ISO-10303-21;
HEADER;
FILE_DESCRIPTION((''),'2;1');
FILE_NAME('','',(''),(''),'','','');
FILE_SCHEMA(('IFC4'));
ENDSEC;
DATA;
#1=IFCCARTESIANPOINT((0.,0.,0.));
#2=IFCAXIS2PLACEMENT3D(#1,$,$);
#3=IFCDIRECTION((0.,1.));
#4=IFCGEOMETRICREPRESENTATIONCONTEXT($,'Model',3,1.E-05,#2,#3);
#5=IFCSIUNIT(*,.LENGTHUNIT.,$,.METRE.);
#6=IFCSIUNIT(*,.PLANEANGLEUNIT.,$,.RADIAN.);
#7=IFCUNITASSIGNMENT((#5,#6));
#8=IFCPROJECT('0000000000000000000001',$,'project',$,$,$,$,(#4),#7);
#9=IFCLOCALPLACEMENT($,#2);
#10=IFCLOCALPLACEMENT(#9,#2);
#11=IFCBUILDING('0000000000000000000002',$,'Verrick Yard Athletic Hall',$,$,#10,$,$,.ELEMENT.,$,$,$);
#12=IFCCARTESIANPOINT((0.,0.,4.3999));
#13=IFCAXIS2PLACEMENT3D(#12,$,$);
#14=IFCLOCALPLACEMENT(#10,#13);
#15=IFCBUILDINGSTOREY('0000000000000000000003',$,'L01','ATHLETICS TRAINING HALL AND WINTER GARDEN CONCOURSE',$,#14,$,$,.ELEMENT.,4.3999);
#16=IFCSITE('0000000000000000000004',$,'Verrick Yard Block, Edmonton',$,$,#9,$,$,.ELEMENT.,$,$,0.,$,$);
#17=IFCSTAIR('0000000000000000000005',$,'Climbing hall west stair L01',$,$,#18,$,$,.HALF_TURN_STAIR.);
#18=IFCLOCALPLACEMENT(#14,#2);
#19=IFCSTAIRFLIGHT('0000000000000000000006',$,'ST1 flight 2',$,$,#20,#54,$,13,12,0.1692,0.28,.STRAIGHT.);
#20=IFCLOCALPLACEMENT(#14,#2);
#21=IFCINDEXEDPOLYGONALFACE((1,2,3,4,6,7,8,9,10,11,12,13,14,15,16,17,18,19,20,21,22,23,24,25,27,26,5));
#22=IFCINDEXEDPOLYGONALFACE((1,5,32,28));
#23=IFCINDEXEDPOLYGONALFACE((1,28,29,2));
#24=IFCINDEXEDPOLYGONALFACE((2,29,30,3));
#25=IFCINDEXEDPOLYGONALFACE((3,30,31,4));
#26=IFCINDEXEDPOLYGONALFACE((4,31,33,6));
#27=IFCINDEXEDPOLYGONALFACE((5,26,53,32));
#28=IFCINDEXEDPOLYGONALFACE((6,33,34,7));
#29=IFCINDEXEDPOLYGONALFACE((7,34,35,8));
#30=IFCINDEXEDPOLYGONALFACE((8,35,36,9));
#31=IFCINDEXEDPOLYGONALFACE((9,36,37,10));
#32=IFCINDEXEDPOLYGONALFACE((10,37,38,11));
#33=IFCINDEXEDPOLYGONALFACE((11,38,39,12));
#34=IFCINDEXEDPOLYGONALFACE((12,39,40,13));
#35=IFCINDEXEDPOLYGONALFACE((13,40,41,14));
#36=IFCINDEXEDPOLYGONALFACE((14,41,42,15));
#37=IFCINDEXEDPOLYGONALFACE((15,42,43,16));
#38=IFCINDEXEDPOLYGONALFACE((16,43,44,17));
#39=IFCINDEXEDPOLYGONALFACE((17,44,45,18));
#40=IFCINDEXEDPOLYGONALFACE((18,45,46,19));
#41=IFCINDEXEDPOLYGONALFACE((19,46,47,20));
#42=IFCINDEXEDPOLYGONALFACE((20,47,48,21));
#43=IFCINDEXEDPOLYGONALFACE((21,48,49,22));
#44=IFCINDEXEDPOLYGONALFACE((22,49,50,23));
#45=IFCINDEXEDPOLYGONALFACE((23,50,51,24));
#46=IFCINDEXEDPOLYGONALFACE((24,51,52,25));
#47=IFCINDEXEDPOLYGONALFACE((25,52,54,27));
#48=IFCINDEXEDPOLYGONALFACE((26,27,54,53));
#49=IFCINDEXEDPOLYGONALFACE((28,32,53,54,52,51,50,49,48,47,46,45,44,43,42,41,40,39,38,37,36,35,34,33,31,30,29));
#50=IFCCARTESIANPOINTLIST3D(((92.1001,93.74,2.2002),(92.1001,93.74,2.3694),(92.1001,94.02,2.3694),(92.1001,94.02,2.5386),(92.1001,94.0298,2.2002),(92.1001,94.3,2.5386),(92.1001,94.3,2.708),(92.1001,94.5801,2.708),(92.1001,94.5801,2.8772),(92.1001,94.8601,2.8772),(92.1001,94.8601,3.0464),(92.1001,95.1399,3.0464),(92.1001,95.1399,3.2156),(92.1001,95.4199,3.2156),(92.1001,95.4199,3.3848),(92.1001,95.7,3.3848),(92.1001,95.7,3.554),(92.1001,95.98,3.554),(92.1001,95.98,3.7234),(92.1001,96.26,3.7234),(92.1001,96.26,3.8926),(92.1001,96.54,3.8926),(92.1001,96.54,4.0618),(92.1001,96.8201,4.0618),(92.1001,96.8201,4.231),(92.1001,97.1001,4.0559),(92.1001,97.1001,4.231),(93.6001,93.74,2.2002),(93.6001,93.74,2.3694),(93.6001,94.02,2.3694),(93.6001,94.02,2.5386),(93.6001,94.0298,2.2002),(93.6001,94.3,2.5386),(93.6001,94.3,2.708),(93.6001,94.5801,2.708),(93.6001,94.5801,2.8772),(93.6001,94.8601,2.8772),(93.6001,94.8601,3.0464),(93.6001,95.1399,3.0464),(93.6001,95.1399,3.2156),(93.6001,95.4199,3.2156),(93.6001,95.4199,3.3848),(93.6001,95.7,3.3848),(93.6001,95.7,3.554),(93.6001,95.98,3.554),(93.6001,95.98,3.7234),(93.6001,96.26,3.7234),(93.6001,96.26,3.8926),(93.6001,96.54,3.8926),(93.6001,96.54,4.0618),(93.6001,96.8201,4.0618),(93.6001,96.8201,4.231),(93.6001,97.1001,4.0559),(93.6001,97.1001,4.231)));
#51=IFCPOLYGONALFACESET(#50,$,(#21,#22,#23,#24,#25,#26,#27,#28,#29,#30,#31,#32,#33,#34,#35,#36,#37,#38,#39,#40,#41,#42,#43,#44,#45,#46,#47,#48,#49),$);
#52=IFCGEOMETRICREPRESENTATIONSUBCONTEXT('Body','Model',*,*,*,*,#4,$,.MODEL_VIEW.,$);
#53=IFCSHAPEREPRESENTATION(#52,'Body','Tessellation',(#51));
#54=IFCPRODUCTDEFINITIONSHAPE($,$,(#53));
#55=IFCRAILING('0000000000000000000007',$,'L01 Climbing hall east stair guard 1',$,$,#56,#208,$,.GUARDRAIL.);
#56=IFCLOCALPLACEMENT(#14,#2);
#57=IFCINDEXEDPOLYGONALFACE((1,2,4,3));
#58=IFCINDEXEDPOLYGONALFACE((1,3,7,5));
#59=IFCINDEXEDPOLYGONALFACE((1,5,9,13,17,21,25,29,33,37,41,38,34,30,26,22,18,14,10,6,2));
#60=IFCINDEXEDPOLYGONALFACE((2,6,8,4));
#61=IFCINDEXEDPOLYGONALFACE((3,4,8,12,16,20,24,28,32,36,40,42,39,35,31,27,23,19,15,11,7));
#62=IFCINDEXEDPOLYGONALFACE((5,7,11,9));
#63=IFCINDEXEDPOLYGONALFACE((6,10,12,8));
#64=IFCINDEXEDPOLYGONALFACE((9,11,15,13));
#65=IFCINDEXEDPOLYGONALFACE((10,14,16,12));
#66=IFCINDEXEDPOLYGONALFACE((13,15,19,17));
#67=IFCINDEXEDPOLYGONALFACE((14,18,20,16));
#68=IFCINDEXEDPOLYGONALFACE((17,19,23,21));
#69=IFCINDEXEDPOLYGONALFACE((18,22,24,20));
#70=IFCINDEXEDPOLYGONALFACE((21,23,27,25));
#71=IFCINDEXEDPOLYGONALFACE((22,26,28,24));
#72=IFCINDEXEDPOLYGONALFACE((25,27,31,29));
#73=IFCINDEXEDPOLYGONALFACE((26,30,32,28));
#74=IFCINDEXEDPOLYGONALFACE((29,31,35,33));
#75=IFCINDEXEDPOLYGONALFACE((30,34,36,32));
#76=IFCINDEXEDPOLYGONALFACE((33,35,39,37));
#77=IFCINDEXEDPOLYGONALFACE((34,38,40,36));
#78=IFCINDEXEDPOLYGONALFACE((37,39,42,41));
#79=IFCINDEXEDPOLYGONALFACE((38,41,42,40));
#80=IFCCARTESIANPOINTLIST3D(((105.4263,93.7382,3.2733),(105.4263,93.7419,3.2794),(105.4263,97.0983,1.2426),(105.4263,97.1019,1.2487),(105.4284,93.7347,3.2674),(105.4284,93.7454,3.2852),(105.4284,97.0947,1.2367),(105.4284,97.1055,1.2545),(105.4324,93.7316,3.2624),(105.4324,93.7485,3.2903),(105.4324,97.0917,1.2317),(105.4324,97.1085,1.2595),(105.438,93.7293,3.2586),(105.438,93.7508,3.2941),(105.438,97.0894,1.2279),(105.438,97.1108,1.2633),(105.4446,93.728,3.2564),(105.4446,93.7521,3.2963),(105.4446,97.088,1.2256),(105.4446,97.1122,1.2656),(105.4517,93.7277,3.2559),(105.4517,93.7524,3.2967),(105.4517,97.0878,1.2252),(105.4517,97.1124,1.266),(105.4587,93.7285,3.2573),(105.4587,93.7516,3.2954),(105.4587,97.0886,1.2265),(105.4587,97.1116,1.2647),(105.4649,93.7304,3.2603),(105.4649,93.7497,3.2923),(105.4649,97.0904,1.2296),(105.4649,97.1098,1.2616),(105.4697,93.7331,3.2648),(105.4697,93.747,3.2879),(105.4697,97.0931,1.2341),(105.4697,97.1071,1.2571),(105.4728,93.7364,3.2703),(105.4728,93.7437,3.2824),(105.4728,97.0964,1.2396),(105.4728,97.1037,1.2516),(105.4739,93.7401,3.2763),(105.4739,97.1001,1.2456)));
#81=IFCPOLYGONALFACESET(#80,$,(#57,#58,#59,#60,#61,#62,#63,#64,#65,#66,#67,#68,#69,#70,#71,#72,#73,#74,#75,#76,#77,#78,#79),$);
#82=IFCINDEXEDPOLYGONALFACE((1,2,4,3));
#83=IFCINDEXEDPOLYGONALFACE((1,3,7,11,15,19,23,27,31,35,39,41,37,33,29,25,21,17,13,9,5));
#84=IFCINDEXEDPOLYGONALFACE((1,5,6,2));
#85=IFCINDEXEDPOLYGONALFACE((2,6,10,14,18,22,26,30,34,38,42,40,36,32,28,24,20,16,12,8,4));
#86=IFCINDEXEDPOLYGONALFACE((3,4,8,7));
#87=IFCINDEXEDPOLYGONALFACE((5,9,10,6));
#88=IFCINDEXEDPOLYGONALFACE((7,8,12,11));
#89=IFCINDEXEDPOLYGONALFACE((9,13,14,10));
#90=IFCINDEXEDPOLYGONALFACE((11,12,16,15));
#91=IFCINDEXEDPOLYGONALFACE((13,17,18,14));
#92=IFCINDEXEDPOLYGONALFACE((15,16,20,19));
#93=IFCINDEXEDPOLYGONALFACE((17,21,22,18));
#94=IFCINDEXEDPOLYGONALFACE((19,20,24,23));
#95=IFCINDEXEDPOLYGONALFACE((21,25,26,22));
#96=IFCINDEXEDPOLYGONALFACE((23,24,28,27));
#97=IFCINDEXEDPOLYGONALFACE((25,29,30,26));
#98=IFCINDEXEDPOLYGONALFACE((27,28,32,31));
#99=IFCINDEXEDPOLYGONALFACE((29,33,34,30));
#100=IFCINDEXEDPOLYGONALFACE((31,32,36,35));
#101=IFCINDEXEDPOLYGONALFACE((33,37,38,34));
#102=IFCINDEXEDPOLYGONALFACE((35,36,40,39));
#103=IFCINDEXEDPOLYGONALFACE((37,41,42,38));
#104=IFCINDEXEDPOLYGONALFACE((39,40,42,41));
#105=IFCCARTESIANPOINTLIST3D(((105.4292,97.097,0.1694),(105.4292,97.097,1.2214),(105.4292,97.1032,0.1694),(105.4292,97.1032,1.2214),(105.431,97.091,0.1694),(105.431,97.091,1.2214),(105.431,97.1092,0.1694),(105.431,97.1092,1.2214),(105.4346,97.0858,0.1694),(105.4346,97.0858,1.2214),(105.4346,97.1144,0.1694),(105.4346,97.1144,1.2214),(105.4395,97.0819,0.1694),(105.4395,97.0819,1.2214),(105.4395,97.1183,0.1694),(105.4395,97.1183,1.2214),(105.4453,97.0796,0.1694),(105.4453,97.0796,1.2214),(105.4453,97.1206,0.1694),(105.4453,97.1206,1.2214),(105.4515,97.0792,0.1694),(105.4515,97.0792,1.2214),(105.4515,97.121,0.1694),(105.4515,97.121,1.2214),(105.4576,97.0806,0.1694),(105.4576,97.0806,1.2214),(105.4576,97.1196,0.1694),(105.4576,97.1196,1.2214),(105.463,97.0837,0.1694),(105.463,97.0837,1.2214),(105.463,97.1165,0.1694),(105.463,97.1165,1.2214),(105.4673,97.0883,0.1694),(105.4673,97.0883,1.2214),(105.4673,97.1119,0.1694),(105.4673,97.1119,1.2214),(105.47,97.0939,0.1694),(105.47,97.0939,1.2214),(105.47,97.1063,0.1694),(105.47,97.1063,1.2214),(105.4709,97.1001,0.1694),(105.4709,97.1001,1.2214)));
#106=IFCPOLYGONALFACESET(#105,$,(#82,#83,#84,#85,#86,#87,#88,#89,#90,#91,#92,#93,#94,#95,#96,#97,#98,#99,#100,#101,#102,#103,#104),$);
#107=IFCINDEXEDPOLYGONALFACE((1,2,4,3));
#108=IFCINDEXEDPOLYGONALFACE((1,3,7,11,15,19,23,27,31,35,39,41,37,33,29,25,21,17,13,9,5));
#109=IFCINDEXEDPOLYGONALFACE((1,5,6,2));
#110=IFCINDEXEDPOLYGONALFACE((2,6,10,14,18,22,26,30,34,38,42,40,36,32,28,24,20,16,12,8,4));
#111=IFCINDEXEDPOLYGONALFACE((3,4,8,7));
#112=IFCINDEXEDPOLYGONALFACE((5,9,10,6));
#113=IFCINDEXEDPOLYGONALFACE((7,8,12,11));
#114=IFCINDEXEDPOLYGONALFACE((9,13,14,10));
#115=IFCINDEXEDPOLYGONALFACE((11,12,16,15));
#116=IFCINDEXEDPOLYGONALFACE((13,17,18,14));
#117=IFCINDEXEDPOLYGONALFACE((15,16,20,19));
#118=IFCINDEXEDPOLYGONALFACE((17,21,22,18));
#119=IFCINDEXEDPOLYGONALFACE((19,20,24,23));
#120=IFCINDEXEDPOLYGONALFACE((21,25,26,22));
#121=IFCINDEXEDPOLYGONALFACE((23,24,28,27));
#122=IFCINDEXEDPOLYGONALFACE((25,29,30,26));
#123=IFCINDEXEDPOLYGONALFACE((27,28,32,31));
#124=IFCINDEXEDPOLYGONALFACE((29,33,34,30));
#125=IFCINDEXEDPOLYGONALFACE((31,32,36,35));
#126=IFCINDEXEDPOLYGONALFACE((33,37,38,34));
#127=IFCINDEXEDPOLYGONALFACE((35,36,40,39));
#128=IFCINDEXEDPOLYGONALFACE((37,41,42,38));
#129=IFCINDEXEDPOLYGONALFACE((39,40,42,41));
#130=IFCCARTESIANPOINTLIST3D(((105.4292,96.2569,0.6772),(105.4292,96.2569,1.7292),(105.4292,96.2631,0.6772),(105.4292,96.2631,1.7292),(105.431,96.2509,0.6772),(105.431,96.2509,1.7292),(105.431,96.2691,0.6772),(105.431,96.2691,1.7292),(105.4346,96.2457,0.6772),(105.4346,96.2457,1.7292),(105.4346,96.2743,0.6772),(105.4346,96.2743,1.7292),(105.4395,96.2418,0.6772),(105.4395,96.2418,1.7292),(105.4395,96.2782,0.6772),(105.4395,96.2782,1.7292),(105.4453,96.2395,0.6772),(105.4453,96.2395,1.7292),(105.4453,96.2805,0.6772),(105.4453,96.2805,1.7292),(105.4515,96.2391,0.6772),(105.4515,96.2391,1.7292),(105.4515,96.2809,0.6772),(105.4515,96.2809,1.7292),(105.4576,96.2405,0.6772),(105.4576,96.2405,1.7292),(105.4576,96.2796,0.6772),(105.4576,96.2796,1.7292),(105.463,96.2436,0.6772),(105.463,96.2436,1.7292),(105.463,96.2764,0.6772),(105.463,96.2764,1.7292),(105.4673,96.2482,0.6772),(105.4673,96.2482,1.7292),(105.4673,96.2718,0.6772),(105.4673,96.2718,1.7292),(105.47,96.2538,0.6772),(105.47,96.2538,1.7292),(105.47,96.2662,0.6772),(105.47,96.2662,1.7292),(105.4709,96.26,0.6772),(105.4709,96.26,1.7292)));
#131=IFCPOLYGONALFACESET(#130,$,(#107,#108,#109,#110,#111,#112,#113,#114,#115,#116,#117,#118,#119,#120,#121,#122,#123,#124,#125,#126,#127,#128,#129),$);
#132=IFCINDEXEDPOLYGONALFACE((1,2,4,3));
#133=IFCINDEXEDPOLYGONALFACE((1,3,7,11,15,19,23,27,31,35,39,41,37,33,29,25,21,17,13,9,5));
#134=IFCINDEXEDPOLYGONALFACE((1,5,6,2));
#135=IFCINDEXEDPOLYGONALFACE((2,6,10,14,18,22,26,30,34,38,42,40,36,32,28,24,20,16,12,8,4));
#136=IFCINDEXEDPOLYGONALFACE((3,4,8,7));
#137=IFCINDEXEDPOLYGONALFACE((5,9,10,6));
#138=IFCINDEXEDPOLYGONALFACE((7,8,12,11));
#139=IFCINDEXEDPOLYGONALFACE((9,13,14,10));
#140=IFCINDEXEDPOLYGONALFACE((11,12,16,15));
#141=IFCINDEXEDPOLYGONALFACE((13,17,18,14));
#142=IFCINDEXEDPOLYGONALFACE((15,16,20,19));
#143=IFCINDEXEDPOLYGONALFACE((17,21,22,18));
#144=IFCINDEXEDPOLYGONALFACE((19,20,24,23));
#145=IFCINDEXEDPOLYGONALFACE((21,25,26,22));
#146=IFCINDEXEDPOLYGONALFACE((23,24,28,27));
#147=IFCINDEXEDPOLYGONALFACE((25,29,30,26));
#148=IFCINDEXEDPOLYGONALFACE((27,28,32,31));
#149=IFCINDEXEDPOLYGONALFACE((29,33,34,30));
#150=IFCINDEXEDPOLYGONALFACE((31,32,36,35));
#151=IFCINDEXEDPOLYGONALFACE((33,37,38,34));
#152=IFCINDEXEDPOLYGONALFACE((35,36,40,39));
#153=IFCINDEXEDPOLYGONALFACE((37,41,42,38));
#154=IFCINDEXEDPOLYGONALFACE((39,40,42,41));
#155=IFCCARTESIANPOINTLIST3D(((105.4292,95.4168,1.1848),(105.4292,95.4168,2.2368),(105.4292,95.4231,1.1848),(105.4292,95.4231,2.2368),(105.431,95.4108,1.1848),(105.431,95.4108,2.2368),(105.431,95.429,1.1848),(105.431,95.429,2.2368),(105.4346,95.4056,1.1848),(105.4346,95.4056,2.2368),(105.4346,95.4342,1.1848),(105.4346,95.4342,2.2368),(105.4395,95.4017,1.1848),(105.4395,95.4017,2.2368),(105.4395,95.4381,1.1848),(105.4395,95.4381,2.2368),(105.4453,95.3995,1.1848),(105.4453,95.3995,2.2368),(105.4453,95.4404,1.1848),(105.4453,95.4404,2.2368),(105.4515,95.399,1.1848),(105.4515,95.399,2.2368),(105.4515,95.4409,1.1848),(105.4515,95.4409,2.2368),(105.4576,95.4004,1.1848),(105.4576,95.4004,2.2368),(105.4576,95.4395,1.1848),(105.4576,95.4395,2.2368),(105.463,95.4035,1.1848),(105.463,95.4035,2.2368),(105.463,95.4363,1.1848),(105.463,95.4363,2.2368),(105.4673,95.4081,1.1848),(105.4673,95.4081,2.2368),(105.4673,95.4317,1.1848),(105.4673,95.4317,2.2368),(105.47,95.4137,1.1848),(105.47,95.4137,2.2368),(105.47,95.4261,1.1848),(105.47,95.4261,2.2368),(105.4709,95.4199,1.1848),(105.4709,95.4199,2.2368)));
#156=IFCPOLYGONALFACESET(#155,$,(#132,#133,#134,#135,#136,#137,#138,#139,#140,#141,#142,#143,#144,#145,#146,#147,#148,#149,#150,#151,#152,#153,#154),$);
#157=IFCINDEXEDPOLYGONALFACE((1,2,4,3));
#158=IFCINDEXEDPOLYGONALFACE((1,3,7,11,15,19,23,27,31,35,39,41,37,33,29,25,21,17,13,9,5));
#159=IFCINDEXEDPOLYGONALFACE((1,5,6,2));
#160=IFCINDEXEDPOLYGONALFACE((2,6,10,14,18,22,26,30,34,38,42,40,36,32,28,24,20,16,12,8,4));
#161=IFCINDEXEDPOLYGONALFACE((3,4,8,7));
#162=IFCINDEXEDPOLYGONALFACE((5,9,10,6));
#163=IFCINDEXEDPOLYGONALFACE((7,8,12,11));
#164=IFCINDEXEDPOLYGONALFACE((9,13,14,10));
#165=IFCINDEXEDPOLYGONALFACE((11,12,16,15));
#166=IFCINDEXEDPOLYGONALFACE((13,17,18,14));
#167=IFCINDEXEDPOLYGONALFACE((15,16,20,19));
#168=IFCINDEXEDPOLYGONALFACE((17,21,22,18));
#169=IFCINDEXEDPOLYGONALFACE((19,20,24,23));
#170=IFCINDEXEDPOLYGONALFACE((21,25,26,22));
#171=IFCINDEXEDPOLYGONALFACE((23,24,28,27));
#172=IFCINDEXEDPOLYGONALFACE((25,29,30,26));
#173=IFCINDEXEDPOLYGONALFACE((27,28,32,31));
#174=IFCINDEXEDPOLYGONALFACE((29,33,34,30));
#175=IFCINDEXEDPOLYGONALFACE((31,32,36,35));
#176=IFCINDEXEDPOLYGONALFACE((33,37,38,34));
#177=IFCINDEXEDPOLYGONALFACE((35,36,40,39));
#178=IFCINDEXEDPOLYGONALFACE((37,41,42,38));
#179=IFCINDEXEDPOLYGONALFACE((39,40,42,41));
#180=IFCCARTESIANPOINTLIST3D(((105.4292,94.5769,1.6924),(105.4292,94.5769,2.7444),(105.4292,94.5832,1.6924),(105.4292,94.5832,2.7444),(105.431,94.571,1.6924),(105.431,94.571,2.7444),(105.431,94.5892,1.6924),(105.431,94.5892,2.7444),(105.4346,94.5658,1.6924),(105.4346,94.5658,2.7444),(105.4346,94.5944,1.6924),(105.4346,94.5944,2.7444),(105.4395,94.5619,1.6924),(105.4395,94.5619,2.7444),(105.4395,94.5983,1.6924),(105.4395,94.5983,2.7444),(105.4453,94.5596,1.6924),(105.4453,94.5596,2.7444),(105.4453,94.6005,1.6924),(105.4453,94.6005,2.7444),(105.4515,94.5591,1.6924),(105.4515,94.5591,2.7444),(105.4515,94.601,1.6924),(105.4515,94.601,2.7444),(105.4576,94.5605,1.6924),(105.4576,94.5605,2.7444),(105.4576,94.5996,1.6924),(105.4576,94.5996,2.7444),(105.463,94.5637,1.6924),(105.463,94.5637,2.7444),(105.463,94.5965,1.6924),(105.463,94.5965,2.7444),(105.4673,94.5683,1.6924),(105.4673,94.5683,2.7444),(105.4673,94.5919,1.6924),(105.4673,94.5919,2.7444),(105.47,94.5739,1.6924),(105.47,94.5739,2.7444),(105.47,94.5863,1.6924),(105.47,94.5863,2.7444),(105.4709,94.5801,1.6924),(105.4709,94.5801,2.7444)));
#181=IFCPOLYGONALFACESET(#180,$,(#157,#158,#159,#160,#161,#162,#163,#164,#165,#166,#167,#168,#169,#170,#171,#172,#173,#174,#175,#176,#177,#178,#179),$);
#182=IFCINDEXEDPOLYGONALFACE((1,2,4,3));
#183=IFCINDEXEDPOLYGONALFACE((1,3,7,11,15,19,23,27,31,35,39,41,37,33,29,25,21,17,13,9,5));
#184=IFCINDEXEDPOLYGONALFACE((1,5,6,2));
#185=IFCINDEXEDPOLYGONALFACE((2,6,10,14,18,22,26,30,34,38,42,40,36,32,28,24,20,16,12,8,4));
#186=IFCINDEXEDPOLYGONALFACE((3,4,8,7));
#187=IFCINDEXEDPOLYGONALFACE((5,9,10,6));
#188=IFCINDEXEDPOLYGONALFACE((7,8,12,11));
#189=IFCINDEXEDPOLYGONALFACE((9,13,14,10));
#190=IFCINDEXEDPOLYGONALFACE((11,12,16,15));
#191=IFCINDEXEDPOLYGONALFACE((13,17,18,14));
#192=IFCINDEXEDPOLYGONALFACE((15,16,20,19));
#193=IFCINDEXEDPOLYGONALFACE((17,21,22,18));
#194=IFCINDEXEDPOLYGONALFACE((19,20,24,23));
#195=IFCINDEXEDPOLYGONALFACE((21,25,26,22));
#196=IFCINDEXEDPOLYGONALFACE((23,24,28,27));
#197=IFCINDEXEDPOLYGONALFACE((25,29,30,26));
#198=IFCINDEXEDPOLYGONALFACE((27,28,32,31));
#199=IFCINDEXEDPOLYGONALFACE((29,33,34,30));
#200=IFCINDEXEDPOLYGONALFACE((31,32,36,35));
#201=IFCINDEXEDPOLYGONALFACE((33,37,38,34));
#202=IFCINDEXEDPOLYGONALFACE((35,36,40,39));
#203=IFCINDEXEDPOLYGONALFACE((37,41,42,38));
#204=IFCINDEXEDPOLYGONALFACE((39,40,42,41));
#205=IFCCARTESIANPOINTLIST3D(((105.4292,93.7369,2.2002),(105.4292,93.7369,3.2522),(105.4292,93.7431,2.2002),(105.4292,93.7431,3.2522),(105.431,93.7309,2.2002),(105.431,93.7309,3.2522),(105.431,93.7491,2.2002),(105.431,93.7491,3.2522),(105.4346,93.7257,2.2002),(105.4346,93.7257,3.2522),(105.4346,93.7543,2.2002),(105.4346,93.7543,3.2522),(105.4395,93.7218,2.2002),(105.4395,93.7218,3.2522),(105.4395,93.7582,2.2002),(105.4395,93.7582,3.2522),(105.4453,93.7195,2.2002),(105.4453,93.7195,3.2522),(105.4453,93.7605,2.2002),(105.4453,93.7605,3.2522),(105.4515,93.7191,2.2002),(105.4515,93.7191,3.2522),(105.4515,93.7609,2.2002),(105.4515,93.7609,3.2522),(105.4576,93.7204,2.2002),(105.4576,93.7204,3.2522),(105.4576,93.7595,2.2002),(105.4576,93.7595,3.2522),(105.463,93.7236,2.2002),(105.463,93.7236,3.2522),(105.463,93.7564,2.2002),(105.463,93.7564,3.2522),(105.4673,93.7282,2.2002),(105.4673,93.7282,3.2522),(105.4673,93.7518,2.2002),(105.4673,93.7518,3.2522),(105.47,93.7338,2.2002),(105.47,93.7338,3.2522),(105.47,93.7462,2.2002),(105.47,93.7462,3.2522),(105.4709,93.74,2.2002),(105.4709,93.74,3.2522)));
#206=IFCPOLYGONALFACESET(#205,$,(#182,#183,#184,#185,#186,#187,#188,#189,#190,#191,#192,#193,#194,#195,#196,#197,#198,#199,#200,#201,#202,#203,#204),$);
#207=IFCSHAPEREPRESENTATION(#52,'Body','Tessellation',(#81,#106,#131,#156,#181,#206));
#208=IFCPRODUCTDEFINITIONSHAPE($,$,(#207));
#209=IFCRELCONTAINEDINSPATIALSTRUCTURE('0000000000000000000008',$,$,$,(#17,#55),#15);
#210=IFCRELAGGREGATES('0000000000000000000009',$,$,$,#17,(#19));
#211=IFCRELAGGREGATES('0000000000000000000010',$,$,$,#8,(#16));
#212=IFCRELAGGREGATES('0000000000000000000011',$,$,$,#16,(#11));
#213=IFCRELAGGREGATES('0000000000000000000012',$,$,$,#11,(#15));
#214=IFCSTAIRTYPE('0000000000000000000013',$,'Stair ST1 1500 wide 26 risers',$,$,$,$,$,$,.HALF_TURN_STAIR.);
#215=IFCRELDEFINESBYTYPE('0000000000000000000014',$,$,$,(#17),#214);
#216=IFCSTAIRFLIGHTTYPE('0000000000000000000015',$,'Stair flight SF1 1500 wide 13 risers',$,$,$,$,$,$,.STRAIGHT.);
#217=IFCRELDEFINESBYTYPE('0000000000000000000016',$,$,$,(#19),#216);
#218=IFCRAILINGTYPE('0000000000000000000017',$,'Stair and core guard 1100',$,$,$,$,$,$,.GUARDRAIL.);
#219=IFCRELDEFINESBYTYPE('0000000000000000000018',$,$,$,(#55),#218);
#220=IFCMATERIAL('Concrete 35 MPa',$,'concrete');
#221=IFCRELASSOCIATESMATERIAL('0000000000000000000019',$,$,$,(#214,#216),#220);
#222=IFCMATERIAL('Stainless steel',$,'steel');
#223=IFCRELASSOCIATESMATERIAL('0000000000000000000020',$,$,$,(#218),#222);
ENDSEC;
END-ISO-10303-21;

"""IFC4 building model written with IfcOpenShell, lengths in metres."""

from ifc_helpers import new_model, si_unit, direction, frame, origin, origin_2d, place, context, subcontext, project, spatial, polyline, circle, outline, extrude, material, type_object, element, aggregate, save


model = new_model("IFC4")

# Units and contexts
model_context = context("Model", 3, precision=1e-05, world=origin(), true_north=direction((0.0, 1.0)))
body_context = subcontext(model_context, "Body", "Model", "MODEL_VIEW")
ifc_project = project(units=[si_unit("LENGTHUNIT", "METRE"), si_unit("PLANEANGLEUNIT", "RADIAN")], contexts=[model_context])

# Site, building, storey
site_placement = place(None, origin())
site = spatial("IfcSite", under=ifc_project, at=site_placement, Name="Verrick Yard Block, Edmonton", CompositionType="ELEMENT", RefElevation=0.0)
building_placement = place(site_placement, origin())
building = spatial("IfcBuilding", under=site, at=building_placement, Name="Verrick Yard Athletic Hall", CompositionType="ELEMENT")
storey_placement = place(building_placement, frame((0.0, 0.0, 4.3999)))
storey = spatial("IfcBuildingStorey", under=building, at=storey_placement, Name="L01", Description="ATHLETICS TRAINING HALL AND WINTER GARDEN CONCOURSE", CompositionType="ELEMENT", Elevation=4.3999)

# Shared definitions
ifc_material_1 = material(Name="Concrete 35 MPa", Category="concrete")

# Shared definitions
stair_type = type_object("IfcStairType", Name="Stair ST1 1500 wide 26 risers", PredefinedType="HALF_TURN_STAIR", material=ifc_material_1)
stair_flight_type = type_object("IfcStairFlightType", Name="Stair flight SF1 1500 wide 13 risers", PredefinedType="STRAIGHT", material=ifc_material_1)

# Stair, stair flight
stair_1_placement = place(storey_placement, origin())
stair_1 = element("IfcStair", 1, at=stair_1_placement, inside=storey, type_object=stair_type, Name="Climbing hall west stair L01", PredefinedType="HALF_TURN_STAIR")
stair_flight_1_placement = place(storey_placement, frame((92.8501, 93.74, 2.2002), z_axis=(0.0, 0.0, 1.0), x_axis=(0.0, 1.0, 0.0)))
stair_flight_1 = element("IfcStairFlight", 2, at=stair_flight_1_placement, type_object=stair_flight_type, Name="ST1 flight 2", NumberOfRisers=13, NumberOfTreads=12, PredefinedType="STRAIGHT", RiserHeight=0.1692, TreadLength=0.28, context=body_context, shape_type="SweptSolid", body=[
    extrude(outline(polyline([(0.0, 0.0), (0.0, 0.1692), (0.28, 0.1692), (0.28, 0.3384), (0.5601, 0.3384), (0.5601, 0.5078), (0.8401, 0.5078), (0.8401, 0.677), (1.1201, 0.677), (1.1201, 0.8462), (1.3999, 0.8462), (1.3999, 1.0154), (1.6799, 1.0154), (1.6799, 1.1846), (1.96, 1.1846), (1.96, 1.3538), (2.24, 1.3538), (2.24, 1.5232), (2.52, 1.5232), (2.52, 1.6924), (2.8, 1.6924), (2.8, 1.8616), (3.0801, 1.8616), (3.0801, 2.0308), (3.3601, 2.0308), (3.3601, 2.2), (3.3601, 1.8557), (0.2898, 0.0), (0.0, 0.0)])), frame((0.0, 0.75, 0.0), z_axis=(0.0, -1.0, 0.0), x_axis=(1.0, 0.0, 0.0)), (0.0, 0.0, 1.0), 1.5),
])
aggregate(stair_1, [stair_flight_1])

# Railing
ifc_material_2 = material(Name="Stainless steel", Category="steel")
railing_type_1 = type_object("IfcRailingType", Name="Stair and core guard 1100", PredefinedType="GUARDRAIL", material=ifc_material_2)
railing_1_placement = place(storey_placement, frame((105.45, 97.1001, 0.1694)))
element("IfcRailing", 3, at=railing_1_placement, inside=storey, type_object=railing_type_1, Name="L01 Climbing hall east stair guard 1", PredefinedType="GUARDRAIL", context=body_context, shape_type="SweptSolid", body=[
    extrude(circle(Radius=0.0239, at=origin_2d()), frame((0.0, 0.0, 1.0762), z_axis=(0.0, -0.855837, 0.517246), x_axis=(1.0, 0.0, 0.0)), (0.0, 0.0, 1.0), 3.926),
    extrude(circle(Radius=0.021, at=origin_2d()), origin(), (0.0, 0.0, 1.0), 1.052),
    extrude(circle(Radius=0.021, at=origin_2d()), frame((0.0, -0.8401, 0.5078)), (0.0, 0.0, 1.0), 1.052),
    extrude(circle(Radius=0.021, at=origin_2d()), frame((0.0, -1.6802, 1.0154)), (0.0, 0.0, 1.0), 1.052),
    extrude(circle(Radius=0.021, at=origin_2d()), frame((0.0, -2.52, 1.5229)), (0.0, 0.0, 1.0), 1.052),
    extrude(circle(Radius=0.021, at=origin_2d()), frame((0.0, -3.3601, 2.0308)), (0.0, 0.0, 1.0), 1.052),
])

save(model, "model.ifc")
